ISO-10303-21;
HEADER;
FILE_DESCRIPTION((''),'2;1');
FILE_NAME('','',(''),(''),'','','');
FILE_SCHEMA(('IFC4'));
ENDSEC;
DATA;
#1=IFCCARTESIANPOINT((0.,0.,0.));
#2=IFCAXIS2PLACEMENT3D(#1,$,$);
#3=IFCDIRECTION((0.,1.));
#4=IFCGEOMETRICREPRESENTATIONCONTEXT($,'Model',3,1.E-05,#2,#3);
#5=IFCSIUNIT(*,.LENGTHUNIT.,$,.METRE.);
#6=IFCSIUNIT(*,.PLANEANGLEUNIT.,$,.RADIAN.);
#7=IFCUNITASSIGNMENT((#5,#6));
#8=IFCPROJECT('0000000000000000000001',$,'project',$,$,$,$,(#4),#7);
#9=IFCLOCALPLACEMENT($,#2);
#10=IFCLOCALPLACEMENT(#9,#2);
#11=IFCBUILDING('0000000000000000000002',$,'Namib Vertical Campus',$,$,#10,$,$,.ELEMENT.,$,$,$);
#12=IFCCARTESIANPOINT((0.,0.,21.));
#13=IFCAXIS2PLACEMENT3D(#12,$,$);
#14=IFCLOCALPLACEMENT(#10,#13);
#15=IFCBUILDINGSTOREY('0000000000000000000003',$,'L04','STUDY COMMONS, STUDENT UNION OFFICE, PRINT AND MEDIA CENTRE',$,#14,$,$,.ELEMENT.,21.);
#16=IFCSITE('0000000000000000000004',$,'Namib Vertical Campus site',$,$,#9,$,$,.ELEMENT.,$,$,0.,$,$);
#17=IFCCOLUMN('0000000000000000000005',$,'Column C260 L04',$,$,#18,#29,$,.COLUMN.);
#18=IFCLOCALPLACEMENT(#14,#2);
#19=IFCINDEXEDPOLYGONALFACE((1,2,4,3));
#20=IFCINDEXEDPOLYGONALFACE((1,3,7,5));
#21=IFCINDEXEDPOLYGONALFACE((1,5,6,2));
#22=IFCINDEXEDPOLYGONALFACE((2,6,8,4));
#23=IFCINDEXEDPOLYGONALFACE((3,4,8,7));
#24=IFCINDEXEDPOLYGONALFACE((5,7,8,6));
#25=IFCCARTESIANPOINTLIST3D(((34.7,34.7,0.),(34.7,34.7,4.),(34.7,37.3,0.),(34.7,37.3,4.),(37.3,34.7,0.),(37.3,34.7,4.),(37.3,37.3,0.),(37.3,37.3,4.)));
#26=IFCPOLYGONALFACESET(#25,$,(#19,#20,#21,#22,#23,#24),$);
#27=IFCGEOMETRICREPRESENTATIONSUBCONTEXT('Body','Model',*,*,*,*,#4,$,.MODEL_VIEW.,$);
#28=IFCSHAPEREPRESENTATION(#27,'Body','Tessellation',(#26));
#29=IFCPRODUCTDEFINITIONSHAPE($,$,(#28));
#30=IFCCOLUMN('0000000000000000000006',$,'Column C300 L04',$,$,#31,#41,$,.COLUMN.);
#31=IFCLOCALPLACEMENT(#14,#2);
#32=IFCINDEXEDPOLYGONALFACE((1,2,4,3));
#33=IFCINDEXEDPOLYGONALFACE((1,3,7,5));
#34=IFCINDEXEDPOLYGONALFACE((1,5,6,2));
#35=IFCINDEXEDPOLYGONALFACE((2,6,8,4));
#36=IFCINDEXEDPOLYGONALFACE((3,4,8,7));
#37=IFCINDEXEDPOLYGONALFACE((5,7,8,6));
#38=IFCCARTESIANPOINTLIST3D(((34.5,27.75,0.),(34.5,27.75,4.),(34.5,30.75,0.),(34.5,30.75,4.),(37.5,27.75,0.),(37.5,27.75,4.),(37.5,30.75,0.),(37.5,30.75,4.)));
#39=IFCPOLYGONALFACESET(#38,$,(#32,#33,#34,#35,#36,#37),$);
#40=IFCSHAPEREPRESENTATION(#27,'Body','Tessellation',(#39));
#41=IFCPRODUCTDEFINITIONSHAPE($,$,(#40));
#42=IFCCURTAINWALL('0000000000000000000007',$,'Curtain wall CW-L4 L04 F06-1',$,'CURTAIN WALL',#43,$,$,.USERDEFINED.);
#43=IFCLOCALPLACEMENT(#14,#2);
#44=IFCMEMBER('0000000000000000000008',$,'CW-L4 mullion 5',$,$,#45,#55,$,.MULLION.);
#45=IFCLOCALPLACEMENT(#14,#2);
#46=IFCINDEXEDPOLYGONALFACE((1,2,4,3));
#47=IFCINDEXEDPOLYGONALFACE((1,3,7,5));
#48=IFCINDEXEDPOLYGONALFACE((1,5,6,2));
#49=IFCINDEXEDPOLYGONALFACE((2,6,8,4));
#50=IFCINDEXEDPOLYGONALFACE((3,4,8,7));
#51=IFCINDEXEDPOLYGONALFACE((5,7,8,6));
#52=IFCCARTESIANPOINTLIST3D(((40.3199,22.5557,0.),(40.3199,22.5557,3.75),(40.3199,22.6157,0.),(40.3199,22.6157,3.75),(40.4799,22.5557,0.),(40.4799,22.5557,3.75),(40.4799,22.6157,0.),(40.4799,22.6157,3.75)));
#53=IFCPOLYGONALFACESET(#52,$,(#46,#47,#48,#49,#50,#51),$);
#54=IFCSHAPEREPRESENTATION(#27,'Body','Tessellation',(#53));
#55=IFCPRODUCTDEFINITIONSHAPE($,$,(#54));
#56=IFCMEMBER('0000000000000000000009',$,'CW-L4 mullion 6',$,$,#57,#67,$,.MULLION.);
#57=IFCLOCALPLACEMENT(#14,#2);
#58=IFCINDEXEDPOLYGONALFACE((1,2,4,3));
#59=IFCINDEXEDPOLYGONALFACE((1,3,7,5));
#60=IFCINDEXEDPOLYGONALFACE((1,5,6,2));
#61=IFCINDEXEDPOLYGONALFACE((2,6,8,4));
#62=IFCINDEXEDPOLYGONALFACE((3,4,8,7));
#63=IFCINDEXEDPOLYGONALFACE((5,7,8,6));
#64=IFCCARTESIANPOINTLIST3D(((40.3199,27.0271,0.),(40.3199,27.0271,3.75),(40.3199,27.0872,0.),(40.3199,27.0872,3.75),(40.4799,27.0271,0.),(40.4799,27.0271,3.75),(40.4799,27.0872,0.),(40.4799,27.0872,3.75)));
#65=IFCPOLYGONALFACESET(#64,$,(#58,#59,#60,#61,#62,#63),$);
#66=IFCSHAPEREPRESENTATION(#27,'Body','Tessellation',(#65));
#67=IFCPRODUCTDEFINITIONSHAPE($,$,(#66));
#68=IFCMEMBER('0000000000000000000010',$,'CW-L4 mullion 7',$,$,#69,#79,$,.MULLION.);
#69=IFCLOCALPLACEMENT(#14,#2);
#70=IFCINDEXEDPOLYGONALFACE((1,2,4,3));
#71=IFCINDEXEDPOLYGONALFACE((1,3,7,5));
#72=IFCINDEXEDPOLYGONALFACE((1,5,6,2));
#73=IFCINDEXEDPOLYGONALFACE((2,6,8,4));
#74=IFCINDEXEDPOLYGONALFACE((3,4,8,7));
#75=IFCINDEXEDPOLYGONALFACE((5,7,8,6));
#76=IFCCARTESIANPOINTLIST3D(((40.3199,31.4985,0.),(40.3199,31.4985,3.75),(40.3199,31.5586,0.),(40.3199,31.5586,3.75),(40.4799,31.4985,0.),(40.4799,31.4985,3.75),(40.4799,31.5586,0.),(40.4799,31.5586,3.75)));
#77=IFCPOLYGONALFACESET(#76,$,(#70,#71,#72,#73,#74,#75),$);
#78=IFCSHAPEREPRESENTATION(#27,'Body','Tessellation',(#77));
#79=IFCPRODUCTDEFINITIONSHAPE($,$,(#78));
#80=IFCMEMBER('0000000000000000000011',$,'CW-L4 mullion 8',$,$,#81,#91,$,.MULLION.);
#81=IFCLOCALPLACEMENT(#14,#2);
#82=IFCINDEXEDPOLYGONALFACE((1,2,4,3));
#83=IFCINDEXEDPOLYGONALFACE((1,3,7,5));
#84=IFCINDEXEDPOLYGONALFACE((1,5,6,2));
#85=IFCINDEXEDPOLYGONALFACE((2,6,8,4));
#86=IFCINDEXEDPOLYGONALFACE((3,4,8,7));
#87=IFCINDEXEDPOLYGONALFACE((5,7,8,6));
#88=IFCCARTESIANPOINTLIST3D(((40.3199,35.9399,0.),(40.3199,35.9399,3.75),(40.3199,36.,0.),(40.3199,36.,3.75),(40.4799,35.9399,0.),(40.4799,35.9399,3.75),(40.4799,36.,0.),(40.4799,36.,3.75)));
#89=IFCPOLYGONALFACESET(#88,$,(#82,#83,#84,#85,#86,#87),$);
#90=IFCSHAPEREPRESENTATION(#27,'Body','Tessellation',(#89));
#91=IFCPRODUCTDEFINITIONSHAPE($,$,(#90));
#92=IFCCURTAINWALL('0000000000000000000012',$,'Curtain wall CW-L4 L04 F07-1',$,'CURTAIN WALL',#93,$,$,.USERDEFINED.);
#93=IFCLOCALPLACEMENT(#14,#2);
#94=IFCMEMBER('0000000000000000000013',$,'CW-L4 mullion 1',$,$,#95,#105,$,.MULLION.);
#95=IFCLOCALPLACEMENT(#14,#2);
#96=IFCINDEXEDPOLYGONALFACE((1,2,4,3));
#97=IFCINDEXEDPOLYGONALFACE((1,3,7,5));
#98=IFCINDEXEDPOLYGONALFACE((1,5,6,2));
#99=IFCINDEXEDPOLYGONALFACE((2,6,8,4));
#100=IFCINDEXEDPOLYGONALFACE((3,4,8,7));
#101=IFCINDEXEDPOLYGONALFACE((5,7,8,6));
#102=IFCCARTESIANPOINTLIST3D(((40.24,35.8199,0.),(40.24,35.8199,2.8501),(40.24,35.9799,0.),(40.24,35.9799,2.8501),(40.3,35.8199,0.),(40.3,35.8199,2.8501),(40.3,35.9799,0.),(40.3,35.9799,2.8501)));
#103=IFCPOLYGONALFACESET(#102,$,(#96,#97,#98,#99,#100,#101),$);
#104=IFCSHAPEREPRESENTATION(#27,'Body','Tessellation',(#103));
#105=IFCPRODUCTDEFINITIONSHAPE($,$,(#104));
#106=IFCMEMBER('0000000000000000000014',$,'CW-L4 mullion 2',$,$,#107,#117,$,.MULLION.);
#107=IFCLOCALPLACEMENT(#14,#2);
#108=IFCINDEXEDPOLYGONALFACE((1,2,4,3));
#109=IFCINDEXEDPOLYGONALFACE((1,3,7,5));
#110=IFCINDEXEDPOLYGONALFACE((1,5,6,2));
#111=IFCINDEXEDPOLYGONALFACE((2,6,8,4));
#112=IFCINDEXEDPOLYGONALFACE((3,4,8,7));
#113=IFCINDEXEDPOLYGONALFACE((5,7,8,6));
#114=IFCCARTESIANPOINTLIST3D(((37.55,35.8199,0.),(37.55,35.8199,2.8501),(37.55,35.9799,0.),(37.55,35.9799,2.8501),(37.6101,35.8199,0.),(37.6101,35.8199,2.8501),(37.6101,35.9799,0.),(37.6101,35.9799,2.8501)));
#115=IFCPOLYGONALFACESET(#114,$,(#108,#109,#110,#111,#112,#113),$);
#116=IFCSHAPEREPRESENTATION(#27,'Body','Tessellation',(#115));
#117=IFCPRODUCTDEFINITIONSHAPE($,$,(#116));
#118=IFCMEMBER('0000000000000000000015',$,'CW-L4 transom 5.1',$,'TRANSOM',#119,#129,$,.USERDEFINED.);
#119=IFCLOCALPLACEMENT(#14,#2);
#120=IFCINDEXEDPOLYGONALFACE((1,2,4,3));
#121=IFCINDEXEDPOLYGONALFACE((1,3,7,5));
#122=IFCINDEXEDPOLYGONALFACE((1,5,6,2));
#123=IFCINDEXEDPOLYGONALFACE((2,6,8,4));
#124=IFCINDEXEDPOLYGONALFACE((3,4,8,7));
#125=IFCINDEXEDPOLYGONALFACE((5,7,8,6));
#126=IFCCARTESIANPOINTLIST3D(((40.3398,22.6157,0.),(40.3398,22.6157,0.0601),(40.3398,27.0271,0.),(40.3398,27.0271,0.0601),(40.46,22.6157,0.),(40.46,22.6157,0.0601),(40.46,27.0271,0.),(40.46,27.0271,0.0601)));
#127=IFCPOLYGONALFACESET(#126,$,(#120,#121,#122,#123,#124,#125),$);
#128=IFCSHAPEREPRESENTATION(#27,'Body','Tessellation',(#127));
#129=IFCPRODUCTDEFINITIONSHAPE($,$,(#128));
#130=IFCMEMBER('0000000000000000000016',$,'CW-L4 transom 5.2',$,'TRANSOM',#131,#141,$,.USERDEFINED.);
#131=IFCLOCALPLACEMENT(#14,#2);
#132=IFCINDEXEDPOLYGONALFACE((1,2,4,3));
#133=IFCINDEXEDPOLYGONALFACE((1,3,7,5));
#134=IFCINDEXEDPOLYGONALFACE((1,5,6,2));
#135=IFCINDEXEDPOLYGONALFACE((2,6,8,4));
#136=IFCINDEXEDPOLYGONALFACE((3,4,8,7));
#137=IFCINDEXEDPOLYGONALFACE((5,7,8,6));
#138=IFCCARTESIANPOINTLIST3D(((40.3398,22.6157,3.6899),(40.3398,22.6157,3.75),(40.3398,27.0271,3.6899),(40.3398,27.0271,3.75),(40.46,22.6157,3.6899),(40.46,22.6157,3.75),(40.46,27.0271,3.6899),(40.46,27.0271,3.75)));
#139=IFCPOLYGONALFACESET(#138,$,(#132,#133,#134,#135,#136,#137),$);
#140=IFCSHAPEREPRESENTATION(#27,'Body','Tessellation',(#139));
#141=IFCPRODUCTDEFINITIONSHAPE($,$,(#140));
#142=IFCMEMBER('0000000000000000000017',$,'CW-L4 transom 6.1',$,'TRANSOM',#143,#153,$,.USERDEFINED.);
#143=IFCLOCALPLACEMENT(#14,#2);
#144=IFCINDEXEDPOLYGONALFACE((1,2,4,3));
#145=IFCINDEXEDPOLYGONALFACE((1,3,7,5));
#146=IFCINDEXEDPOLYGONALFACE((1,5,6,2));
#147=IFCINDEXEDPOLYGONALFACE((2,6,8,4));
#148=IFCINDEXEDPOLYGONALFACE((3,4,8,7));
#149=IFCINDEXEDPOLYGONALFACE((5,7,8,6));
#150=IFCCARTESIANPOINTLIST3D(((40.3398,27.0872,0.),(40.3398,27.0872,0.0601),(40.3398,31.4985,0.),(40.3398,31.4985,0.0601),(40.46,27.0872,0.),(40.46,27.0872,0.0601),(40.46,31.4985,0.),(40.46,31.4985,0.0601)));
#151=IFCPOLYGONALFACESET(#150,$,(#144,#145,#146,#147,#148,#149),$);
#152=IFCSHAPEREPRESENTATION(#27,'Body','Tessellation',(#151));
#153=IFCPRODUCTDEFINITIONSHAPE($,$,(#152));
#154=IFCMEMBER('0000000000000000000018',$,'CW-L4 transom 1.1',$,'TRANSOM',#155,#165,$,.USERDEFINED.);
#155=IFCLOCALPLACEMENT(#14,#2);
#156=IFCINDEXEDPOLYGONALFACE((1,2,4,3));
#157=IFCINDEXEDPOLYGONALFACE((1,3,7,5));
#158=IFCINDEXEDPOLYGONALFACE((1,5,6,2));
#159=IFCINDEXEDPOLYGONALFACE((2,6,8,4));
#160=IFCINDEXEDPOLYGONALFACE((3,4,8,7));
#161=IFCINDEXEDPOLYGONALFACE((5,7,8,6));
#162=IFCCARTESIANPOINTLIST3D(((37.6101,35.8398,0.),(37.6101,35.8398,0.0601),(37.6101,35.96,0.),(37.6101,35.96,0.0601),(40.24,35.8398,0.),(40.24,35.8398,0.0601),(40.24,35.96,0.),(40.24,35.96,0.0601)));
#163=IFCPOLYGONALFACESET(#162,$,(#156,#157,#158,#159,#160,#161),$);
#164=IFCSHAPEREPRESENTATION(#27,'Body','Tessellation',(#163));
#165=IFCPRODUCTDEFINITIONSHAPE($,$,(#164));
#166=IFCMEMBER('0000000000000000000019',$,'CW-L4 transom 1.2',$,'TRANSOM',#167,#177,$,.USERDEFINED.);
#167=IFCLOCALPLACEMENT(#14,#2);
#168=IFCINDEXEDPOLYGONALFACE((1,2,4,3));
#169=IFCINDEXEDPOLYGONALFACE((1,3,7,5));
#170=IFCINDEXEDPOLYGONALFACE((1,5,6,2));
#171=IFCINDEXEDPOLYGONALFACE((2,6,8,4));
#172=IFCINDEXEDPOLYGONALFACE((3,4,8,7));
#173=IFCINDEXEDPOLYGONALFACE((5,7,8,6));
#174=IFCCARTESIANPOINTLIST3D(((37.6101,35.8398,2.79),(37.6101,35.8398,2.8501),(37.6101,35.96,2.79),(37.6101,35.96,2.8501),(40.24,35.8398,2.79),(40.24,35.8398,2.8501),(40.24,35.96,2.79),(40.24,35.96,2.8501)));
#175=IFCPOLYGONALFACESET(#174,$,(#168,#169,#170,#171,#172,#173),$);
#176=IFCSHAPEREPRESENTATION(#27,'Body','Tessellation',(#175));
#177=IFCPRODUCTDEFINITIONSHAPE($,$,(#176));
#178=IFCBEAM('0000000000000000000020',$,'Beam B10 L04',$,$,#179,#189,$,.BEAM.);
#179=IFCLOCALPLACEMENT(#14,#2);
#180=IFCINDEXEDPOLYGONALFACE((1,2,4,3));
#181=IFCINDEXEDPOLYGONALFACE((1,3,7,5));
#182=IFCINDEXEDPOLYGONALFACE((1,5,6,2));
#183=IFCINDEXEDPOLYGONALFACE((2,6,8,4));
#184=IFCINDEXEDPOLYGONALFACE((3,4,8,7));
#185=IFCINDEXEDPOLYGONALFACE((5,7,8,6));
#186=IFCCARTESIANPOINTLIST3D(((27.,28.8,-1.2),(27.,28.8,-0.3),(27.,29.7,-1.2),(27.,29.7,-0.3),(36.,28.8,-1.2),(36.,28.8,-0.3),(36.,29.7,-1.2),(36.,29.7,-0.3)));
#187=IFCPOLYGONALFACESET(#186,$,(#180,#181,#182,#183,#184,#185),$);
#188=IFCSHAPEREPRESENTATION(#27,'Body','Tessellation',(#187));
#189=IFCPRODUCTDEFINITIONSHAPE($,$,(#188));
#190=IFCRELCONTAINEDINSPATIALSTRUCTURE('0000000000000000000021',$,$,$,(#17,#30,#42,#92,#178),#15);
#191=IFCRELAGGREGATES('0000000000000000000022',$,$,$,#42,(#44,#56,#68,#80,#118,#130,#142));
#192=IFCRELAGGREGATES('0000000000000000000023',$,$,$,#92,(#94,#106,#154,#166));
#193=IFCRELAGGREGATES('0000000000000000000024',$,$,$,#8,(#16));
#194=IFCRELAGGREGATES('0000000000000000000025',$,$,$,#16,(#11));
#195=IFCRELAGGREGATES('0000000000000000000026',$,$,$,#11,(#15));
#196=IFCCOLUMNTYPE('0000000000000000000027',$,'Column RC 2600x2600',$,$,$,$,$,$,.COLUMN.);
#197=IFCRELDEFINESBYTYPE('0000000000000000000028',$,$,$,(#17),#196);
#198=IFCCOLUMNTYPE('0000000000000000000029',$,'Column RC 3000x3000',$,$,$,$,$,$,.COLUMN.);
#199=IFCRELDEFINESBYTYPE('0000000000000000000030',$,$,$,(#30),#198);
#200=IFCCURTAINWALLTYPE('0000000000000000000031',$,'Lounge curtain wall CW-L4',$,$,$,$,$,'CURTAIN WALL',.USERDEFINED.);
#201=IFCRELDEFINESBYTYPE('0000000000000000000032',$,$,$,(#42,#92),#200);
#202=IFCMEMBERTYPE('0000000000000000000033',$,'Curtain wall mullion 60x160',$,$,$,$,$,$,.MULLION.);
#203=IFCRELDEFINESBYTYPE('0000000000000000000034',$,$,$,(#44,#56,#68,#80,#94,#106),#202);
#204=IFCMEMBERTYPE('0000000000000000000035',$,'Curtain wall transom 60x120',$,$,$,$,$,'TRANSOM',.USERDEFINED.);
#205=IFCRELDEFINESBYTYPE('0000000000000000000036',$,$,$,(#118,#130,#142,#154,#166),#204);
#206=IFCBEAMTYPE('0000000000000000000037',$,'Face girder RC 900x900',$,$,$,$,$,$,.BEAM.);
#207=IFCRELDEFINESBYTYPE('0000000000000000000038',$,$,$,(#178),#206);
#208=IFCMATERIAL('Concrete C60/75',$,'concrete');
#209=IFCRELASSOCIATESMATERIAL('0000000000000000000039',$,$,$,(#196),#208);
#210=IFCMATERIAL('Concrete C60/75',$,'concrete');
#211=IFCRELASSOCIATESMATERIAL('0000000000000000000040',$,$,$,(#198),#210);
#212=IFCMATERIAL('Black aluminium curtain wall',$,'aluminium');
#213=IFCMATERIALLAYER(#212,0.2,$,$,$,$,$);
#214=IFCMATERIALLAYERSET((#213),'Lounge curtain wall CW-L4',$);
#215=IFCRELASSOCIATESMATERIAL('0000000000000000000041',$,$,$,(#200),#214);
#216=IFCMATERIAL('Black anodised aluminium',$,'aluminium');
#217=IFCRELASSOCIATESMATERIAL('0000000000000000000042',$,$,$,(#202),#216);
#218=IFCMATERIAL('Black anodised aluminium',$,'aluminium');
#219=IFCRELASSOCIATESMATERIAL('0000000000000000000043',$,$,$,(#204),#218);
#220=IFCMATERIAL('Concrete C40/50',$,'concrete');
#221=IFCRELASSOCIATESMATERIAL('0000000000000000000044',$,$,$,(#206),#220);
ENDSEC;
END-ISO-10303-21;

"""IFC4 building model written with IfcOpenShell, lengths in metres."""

from ifc_helpers import new_model, si_unit, direction, frame, origin, origin_2d, place, context, subcontext, project, spatial, rectangle, extrude, material, layer, layer_set, material_profile, profile_set, type_object, element, aggregate, save


model = new_model("IFC4")

# Units and contexts
model_context = context("Model", 3, precision=1e-05, world=origin(), true_north=direction((0.0, 1.0)))
body_context = subcontext(model_context, "Body", "Model", "MODEL_VIEW")
ifc_project = project(units=[si_unit("LENGTHUNIT", "METRE"), si_unit("PLANEANGLEUNIT", "RADIAN")], contexts=[model_context])

# Site, building, storey
site_placement = place(None, origin())
site = spatial("IfcSite", under=ifc_project, at=site_placement, Name="Namib Vertical Campus site", CompositionType="ELEMENT", RefElevation=0.0)
building_placement = place(site_placement, origin())
building = spatial("IfcBuilding", under=site, at=building_placement, Name="Namib Vertical Campus", CompositionType="ELEMENT")
storey_placement = place(building_placement, frame((0.0, 0.0, 21.0)))
storey = spatial("IfcBuildingStorey", under=building, at=storey_placement, Name="L04", Description="STUDY COMMONS, STUDENT UNION OFFICE, PRINT AND MEDIA CENTRE", CompositionType="ELEMENT", Elevation=21.0)

# Columns
ifc_material_1 = material(Name="Concrete C60/75", Category="concrete")
ifc_material_profile_1 = material_profile(ifc_material_1, rectangle(XDim=2.6001, YDim=2.6001, at=origin_2d()))
ifc_profile_set_1 = profile_set([ifc_material_profile_1], Name="Concrete C60/75")
column_type_1 = type_object("IfcColumnType", Name="Column RC 2600x2600", PredefinedType="COLUMN", material=ifc_profile_set_1)
column_1_placement = place(storey_placement, frame((36.0, 36.0, 0.0), z_axis=(0.0, 0.0, 1.0), x_axis=(1.0, 0.0, 0.0)))
element("IfcColumn", 1, at=column_1_placement, inside=storey, type_object=column_type_1, Name="Column C260 L04", PredefinedType="COLUMN", context=body_context, shape_type="SweptSolid", body=[
    extrude(rectangle(XDim=2.6001, YDim=2.6001, at=origin_2d()), origin(), (0.0, 0.0, 1.0), 4.0),
])
ifc_material_2 = material(Name="Concrete C60/75", Category="concrete")
ifc_material_profile_2 = material_profile(ifc_material_2, rectangle(XDim=3.0, YDim=3.0, at=origin_2d()))
ifc_profile_set_2 = profile_set([ifc_material_profile_2], Name="Concrete C60/75")
column_type_2 = type_object("IfcColumnType", Name="Column RC 3000x3000", PredefinedType="COLUMN", material=ifc_profile_set_2)
column_2_placement = place(storey_placement, frame((36.0, 29.25, 0.0), z_axis=(0.0, 0.0, 1.0), x_axis=(1.0, 0.0, 0.0)))
element("IfcColumn", 2, at=column_2_placement, inside=storey, type_object=column_type_2, Name="Column C300 L04", PredefinedType="COLUMN", context=body_context, shape_type="SweptSolid", body=[
    extrude(rectangle(XDim=3.0, YDim=3.0, at=origin_2d()), origin(), (0.0, 0.0, 1.0), 4.0),
])

# Curtain walls, members
ifc_material_3 = material(Name="Black aluminium curtain wall", Category="aluminium")
ifc_layer_1 = layer(ifc_material_3, 0.2)
ifc_layer_set_1 = layer_set([ifc_layer_1], Name="Lounge curtain wall CW-L4")
curtain_wall_type = type_object("IfcCurtainWallType", Name="Lounge curtain wall CW-L4", ElementType="CURTAIN WALL", PredefinedType="USERDEFINED", material=ifc_layer_set_1)
curtain_wall_1_placement = place(storey_placement, origin())
curtain_wall_1 = element("IfcCurtainWall", 3, at=curtain_wall_1_placement, inside=storey, type_object=curtain_wall_type, Name="Curtain wall CW-L4 L04 F06-1", ObjectType="CURTAIN WALL", PredefinedType="USERDEFINED")
ifc_material_4 = material(Name="Black anodised aluminium", Category="aluminium")
ifc_material_profile_3 = material_profile(ifc_material_4, rectangle(XDim=0.0601, YDim=0.1599, at=origin_2d()))
ifc_profile_set_3 = profile_set([ifc_material_profile_3], Name="Black anodised aluminium")
member_type_1 = type_object("IfcMemberType", Name="Curtain wall mullion 60x160", PredefinedType="MULLION", material=ifc_profile_set_3)
member_1_placement = place(storey_placement, frame((40.3999, 22.5857, 0.0), z_axis=(0.0, 0.0, 1.0), x_axis=(0.0, 1.0, 0.0)))
member_1 = element("IfcMember", 4, at=member_1_placement, type_object=member_type_1, Name="CW-L4 mullion 5", PredefinedType="MULLION", context=body_context, shape_type="SweptSolid", body=[
    extrude(rectangle(XDim=0.0601, YDim=0.1599, at=origin_2d()), origin(), (0.0, 0.0, 1.0), 3.75),
])
member_2_placement = place(storey_placement, frame((40.3999, 27.0571, 0.0), z_axis=(0.0, 0.0, 1.0), x_axis=(0.0, 1.0, 0.0)))
member_2 = element("IfcMember", 5, at=member_2_placement, type_object=member_type_1, Name="CW-L4 mullion 6", PredefinedType="MULLION", context=body_context, shape_type="SweptSolid", body=[
    extrude(rectangle(XDim=0.0601, YDim=0.1599, at=origin_2d()), origin(), (0.0, 0.0, 1.0), 3.75),
])
member_3_placement = place(storey_placement, frame((40.3999, 31.5286, 0.0), z_axis=(0.0, 0.0, 1.0), x_axis=(0.0, 1.0, 0.0)))
member_3 = element("IfcMember", 6, at=member_3_placement, type_object=member_type_1, Name="CW-L4 mullion 7", PredefinedType="MULLION", context=body_context, shape_type="SweptSolid", body=[
    extrude(rectangle(XDim=0.0601, YDim=0.1599, at=origin_2d()), origin(), (0.0, 0.0, 1.0), 3.75),
])
member_4_placement = place(storey_placement, frame((40.3999, 35.97, 0.0), z_axis=(0.0, 0.0, 1.0), x_axis=(0.0, 1.0, 0.0)))
member_4 = element("IfcMember", 7, at=member_4_placement, type_object=member_type_1, Name="CW-L4 mullion 8", PredefinedType="MULLION", context=body_context, shape_type="SweptSolid", body=[
    extrude(rectangle(XDim=0.0601, YDim=0.1599, at=origin_2d()), origin(), (0.0, 0.0, 1.0), 3.75),
])
curtain_wall_2_placement = place(storey_placement, origin())
curtain_wall_2 = element("IfcCurtainWall", 8, at=curtain_wall_2_placement, inside=storey, type_object=curtain_wall_type, Name="Curtain wall CW-L4 L04 F07-1", ObjectType="CURTAIN WALL", PredefinedType="USERDEFINED")
member_5_placement = place(storey_placement, frame((40.27, 35.8999, 0.0), z_axis=(0.0, 0.0, 1.0), x_axis=(-1.0, 0.0, 0.0)))
member_5 = element("IfcMember", 9, at=member_5_placement, type_object=member_type_1, Name="CW-L4 mullion 1", PredefinedType="MULLION", context=body_context, shape_type="SweptSolid", body=[
    extrude(rectangle(XDim=0.0601, YDim=0.1599, at=origin_2d()), origin(), (0.0, 0.0, 1.0), 2.8501),
])
member_6_placement = place(storey_placement, frame((37.5801, 35.8999, 0.0), z_axis=(0.0, 0.0, 1.0), x_axis=(-1.0, 0.0, 0.0)))
member_6 = element("IfcMember", 10, at=member_6_placement, type_object=member_type_1, Name="CW-L4 mullion 2", PredefinedType="MULLION", context=body_context, shape_type="SweptSolid", body=[
    extrude(rectangle(XDim=0.0601, YDim=0.1599, at=origin_2d()), origin(), (0.0, 0.0, 1.0), 2.8501),
])

# Members
ifc_material_5 = material(Name="Black anodised aluminium", Category="aluminium")
ifc_material_profile_4 = material_profile(ifc_material_5, rectangle(XDim=0.0601, YDim=0.1201, at=origin_2d()))
ifc_profile_set_4 = profile_set([ifc_material_profile_4], Name="Black anodised aluminium")
member_type_2 = type_object("IfcMemberType", Name="Curtain wall transom 60x120", ElementType="TRANSOM", PredefinedType="USERDEFINED", material=ifc_profile_set_4)
member_7_placement = place(storey_placement, frame((40.3999, 22.6157, 0.03), z_axis=(0.0, 1.0, 0.0), x_axis=(0.0, 0.0, 1.0)))
member_7 = element("IfcMember", 11, at=member_7_placement, type_object=member_type_2, Name="CW-L4 transom 5.1", ObjectType="TRANSOM", PredefinedType="USERDEFINED", context=body_context, shape_type="SweptSolid", body=[
    extrude(rectangle(XDim=0.0601, YDim=0.1201, at=origin_2d()), origin(), (0.0, 0.0, 1.0), 4.4114),
])
member_8_placement = place(storey_placement, frame((40.3999, 22.6157, 3.72), z_axis=(0.0, 1.0, 0.0), x_axis=(0.0, 0.0, 1.0)))
member_8 = element("IfcMember", 12, at=member_8_placement, type_object=member_type_2, Name="CW-L4 transom 5.2", ObjectType="TRANSOM", PredefinedType="USERDEFINED", context=body_context, shape_type="SweptSolid", body=[
    extrude(rectangle(XDim=0.0601, YDim=0.1201, at=origin_2d()), origin(), (0.0, 0.0, 1.0), 4.4114),
])
member_9_placement = place(storey_placement, frame((40.3999, 27.0872, 0.03), z_axis=(0.0, 1.0, 0.0), x_axis=(0.0, 0.0, 1.0)))
member_9 = element("IfcMember", 13, at=member_9_placement, type_object=member_type_2, Name="CW-L4 transom 6.1", ObjectType="TRANSOM", PredefinedType="USERDEFINED", context=body_context, shape_type="SweptSolid", body=[
    extrude(rectangle(XDim=0.0601, YDim=0.1201, at=origin_2d()), origin(), (0.0, 0.0, 1.0), 4.4114),
])
member_10_placement = place(storey_placement, frame((40.24, 35.8999, 0.03), z_axis=(-1.0, 0.0, 0.0), x_axis=(0.0, 0.0, 1.0)))
member_10 = element("IfcMember", 14, at=member_10_placement, type_object=member_type_2, Name="CW-L4 transom 1.1", ObjectType="TRANSOM", PredefinedType="USERDEFINED", context=body_context, shape_type="SweptSolid", body=[
    extrude(rectangle(XDim=0.0601, YDim=0.1201, at=origin_2d()), origin(), (0.0, 0.0, 1.0), 2.6299),
])
member_11_placement = place(storey_placement, frame((40.24, 35.8999, 2.8201), z_axis=(-1.0, 0.0, 0.0), x_axis=(0.0, 0.0, 1.0)))
member_11 = element("IfcMember", 15, at=member_11_placement, type_object=member_type_2, Name="CW-L4 transom 1.2", ObjectType="TRANSOM", PredefinedType="USERDEFINED", context=body_context, shape_type="SweptSolid", body=[
    extrude(rectangle(XDim=0.0601, YDim=0.1201, at=origin_2d()), origin(), (0.0, 0.0, 1.0), 2.6299),
])

# Beam
ifc_material_6 = material(Name="Concrete C40/50", Category="concrete")
ifc_material_profile_5 = material_profile(ifc_material_6, rectangle(XDim=0.8999, YDim=0.8999, at=origin_2d()))
ifc_profile_set_5 = profile_set([ifc_material_profile_5], Name="Concrete C40/50")
beam_type_1 = type_object("IfcBeamType", Name="Face girder RC 900x900", PredefinedType="BEAM", material=ifc_profile_set_5)
beam_1_placement = place(storey_placement, frame((36.0, 29.25, -0.75), z_axis=(-1.0, 0.0, 0.0), x_axis=(0.0, -1.0, 0.0)))
element("IfcBeam", 16, at=beam_1_placement, inside=storey, type_object=beam_type_1, Name="Beam B10 L04", PredefinedType="BEAM", context=body_context, shape_type="SweptSolid", body=[
    extrude(rectangle(XDim=0.8999, YDim=0.8999, at=origin_2d()), origin(), (0.0, 0.0, 1.0), 9.0),
])

aggregate(curtain_wall_1, [member_1, member_2, member_3, member_4, member_7, member_8, member_9])
aggregate(curtain_wall_2, [member_5, member_6, member_10, member_11])

save(model, "model.ifc")
